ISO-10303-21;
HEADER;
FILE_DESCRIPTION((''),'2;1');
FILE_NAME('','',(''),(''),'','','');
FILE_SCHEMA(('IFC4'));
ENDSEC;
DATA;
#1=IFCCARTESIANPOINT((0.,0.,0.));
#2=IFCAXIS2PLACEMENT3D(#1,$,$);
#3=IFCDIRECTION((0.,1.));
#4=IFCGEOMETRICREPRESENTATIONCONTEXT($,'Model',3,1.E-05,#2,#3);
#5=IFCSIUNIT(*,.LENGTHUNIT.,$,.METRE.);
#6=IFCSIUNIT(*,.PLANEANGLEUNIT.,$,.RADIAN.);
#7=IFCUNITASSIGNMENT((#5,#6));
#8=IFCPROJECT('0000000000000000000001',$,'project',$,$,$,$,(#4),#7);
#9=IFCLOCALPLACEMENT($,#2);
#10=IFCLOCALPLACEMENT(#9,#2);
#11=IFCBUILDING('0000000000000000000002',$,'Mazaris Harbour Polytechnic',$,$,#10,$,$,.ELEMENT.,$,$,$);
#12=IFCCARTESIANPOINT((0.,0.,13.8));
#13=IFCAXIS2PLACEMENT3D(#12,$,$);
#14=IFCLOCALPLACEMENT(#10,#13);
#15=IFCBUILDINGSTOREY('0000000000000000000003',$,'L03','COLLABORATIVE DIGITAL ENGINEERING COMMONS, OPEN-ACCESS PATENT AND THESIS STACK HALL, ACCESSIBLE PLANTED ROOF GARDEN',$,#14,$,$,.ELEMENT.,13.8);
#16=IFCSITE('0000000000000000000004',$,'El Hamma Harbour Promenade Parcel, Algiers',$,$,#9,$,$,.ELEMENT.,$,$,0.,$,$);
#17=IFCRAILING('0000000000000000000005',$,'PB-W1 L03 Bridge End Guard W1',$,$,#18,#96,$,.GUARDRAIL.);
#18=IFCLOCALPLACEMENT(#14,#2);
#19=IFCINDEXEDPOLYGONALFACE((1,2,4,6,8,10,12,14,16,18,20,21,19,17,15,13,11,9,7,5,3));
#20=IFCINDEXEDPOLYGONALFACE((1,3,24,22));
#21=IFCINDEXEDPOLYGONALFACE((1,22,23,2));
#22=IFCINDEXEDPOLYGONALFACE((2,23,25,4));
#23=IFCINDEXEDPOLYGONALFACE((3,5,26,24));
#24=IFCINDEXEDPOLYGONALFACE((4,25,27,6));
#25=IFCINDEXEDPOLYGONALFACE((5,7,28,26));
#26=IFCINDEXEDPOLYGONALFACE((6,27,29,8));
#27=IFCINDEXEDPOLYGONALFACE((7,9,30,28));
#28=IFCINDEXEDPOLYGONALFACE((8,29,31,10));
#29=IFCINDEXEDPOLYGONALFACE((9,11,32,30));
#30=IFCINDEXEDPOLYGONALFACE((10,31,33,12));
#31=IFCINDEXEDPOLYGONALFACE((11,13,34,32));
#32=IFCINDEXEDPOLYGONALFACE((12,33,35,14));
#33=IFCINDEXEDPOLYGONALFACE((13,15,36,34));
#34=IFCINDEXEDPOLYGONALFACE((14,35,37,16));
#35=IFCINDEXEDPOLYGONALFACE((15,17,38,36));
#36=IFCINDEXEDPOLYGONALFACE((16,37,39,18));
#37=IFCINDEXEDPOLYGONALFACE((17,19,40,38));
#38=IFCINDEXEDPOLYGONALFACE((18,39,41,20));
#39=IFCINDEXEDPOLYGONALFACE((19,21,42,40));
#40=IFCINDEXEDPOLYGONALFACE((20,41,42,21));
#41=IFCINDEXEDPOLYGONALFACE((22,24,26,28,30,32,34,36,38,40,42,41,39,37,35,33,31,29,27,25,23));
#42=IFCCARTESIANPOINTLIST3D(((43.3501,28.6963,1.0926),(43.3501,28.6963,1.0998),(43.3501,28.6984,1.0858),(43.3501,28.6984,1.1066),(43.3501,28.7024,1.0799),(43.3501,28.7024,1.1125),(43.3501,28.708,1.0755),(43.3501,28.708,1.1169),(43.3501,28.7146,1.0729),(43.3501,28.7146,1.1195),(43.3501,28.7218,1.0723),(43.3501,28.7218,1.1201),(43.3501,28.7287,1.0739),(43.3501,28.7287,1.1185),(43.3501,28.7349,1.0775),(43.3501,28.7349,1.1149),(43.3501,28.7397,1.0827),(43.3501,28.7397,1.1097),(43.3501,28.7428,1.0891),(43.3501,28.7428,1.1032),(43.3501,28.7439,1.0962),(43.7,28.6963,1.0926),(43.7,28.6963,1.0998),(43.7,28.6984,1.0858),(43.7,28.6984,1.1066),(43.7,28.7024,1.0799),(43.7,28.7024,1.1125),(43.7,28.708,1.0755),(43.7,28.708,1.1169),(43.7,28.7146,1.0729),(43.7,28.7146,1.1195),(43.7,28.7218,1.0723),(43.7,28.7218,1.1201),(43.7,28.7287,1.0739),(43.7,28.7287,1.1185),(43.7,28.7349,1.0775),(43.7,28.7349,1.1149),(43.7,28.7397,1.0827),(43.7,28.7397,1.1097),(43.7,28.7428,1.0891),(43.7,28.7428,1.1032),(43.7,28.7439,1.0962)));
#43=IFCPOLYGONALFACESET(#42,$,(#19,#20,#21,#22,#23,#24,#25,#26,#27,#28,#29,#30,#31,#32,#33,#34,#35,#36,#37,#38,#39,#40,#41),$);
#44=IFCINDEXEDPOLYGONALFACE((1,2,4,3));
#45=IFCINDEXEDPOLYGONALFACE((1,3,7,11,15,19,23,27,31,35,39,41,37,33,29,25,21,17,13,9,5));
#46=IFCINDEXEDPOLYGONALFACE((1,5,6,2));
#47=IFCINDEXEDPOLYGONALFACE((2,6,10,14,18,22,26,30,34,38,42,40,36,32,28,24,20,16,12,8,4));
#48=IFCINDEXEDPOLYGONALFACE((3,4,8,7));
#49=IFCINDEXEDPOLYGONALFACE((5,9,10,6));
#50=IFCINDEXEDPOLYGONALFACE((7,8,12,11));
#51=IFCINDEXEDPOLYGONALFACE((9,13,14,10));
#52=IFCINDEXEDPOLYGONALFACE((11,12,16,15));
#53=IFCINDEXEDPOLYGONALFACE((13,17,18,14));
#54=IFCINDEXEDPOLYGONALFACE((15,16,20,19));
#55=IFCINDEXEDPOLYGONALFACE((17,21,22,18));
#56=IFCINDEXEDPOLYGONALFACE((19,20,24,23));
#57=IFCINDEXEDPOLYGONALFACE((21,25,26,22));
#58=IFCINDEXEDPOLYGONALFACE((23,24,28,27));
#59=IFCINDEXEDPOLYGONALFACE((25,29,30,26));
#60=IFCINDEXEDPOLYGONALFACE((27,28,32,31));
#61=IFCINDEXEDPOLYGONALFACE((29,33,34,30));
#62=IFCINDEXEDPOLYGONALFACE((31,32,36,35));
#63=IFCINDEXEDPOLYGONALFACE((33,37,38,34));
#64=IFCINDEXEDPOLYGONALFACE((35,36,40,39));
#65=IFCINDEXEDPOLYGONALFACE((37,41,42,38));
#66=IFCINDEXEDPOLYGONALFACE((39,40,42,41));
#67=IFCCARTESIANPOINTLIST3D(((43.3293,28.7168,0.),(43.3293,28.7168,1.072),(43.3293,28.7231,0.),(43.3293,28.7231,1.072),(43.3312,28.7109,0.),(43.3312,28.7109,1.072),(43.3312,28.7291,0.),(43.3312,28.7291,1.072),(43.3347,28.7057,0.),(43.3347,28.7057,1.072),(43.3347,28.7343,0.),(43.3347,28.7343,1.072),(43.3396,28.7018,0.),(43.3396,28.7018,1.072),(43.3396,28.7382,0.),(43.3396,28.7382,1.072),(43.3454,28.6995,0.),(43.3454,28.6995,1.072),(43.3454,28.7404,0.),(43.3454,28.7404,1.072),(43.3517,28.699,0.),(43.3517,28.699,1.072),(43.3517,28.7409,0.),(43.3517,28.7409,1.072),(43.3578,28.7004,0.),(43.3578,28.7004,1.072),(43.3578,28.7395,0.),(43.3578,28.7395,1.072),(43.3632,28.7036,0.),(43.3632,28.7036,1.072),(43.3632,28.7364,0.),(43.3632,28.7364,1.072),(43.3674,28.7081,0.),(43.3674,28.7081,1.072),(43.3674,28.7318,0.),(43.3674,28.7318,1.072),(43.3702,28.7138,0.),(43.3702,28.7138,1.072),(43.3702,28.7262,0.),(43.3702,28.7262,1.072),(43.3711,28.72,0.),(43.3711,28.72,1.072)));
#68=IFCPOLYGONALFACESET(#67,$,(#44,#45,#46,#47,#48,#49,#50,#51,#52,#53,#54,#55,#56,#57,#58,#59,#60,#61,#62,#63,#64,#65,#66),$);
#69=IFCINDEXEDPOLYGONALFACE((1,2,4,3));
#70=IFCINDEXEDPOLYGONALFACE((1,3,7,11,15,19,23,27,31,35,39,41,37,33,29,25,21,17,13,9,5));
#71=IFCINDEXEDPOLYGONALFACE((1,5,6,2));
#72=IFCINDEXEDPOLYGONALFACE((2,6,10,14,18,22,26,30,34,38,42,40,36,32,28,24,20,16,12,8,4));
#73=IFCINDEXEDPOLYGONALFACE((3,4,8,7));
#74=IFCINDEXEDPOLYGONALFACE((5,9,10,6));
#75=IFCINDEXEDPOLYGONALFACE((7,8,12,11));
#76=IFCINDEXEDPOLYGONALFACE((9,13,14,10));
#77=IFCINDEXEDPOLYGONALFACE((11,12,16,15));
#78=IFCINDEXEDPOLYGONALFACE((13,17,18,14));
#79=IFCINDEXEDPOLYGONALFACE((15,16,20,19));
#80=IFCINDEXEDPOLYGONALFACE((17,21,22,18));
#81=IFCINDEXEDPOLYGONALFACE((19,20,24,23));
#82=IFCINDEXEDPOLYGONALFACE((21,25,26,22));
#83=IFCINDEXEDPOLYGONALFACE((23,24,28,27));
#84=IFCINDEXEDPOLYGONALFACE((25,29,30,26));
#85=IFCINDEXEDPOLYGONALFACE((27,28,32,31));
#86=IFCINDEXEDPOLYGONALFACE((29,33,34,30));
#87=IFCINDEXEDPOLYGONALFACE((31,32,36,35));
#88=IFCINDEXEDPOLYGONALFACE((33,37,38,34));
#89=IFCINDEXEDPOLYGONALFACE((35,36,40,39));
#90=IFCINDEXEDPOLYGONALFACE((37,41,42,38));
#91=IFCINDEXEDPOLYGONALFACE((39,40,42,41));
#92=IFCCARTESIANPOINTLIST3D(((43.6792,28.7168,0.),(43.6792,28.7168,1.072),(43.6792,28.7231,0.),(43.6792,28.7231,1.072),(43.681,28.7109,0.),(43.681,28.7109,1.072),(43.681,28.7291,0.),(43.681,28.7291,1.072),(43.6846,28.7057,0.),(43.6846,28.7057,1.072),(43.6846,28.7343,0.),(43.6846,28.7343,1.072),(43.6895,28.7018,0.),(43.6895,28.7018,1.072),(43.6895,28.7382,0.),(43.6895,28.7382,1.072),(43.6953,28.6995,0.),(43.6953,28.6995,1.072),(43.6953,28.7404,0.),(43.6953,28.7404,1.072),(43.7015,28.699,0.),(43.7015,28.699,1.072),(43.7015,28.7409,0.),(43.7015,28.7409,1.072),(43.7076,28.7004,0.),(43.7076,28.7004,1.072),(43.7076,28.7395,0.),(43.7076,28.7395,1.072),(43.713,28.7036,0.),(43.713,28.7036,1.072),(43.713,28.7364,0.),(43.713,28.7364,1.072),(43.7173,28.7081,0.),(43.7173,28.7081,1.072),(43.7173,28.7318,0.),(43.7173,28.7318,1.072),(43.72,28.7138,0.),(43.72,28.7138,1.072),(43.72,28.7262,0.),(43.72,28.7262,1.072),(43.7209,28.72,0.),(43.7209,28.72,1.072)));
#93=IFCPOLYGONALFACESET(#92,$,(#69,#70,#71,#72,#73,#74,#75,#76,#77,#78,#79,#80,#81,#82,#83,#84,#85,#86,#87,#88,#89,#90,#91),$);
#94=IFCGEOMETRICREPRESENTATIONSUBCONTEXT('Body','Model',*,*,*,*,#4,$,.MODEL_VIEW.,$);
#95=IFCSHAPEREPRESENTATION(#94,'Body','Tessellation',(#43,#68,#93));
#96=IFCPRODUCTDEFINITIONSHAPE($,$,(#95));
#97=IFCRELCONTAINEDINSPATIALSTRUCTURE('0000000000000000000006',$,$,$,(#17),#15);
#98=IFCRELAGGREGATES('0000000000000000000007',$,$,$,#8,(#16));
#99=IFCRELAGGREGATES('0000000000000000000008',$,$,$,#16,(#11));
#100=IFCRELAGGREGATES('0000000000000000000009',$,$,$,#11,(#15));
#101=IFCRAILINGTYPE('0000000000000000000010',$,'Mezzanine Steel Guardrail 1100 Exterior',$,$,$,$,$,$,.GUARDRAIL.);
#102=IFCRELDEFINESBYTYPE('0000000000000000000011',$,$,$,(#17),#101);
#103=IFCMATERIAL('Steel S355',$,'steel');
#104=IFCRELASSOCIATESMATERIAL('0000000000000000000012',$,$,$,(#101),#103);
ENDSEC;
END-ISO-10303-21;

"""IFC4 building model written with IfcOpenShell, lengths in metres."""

from ifc_helpers import new_model, si_unit, direction, frame, origin, origin_2d, place, context, subcontext, project, spatial, circle, extrude, material, type_object, element, save


model = new_model("IFC4")

# Units and contexts
model_context = context("Model", 3, precision=1e-05, world=origin(), true_north=direction((0.0, 1.0)))
body_context = subcontext(model_context, "Body", "Model", "MODEL_VIEW")
ifc_project = project(units=[si_unit("LENGTHUNIT", "METRE"), si_unit("PLANEANGLEUNIT", "RADIAN")], contexts=[model_context])

# Site, building, storey
site_placement = place(None, origin())
site = spatial("IfcSite", under=ifc_project, at=site_placement, Name="El Hamma Harbour Promenade Parcel, Algiers", CompositionType="ELEMENT", RefElevation=0.0)
building_placement = place(site_placement, origin())
building = spatial("IfcBuilding", under=site, at=building_placement, Name="Mazaris Harbour Polytechnic", CompositionType="ELEMENT")
storey_placement = place(building_placement, frame((0.0, 0.0, 13.8)))
storey = spatial("IfcBuildingStorey", under=building, at=storey_placement, Name="L03", Description="COLLABORATIVE DIGITAL ENGINEERING COMMONS, OPEN-ACCESS PATENT AND THESIS STACK HALL, ACCESSIBLE PLANTED ROOF GARDEN", CompositionType="ELEMENT", Elevation=13.8)

# Railing
ifc_material_1 = material(Name="Steel S355", Category="steel")
railing_type_1 = type_object("IfcRailingType", Name="Mezzanine Steel Guardrail 1100 Exterior", PredefinedType="GUARDRAIL", material=ifc_material_1)
for number, where, name in (
    (1, (43.3501, 28.72, 0.0), "PB-W1 L03 Bridge End Guard W1"),
):
    element("IfcRailing", number, at=place(storey_placement, frame(where)), inside=storey, type_object=railing_type_1, Name=name, PredefinedType="GUARDRAIL", context=body_context, shape_type="SweptSolid", body=[
        extrude(circle(Radius=0.0239, at=origin_2d()), frame((0.0, 0.0, 1.0962), z_axis=(1.0, 0.0, 0.0), x_axis=(0.0, 1.0, 0.0)), (0.0, 0.0, 1.0), 0.3499),
        extrude(circle(Radius=0.021, at=origin_2d()), origin(), (0.0, 0.0, 1.0), 1.072),
        extrude(circle(Radius=0.021, at=origin_2d()), frame((0.3499, 0.0, 0.0)), (0.0, 0.0, 1.0), 1.072),
    ])

save(model, "model.ifc")
